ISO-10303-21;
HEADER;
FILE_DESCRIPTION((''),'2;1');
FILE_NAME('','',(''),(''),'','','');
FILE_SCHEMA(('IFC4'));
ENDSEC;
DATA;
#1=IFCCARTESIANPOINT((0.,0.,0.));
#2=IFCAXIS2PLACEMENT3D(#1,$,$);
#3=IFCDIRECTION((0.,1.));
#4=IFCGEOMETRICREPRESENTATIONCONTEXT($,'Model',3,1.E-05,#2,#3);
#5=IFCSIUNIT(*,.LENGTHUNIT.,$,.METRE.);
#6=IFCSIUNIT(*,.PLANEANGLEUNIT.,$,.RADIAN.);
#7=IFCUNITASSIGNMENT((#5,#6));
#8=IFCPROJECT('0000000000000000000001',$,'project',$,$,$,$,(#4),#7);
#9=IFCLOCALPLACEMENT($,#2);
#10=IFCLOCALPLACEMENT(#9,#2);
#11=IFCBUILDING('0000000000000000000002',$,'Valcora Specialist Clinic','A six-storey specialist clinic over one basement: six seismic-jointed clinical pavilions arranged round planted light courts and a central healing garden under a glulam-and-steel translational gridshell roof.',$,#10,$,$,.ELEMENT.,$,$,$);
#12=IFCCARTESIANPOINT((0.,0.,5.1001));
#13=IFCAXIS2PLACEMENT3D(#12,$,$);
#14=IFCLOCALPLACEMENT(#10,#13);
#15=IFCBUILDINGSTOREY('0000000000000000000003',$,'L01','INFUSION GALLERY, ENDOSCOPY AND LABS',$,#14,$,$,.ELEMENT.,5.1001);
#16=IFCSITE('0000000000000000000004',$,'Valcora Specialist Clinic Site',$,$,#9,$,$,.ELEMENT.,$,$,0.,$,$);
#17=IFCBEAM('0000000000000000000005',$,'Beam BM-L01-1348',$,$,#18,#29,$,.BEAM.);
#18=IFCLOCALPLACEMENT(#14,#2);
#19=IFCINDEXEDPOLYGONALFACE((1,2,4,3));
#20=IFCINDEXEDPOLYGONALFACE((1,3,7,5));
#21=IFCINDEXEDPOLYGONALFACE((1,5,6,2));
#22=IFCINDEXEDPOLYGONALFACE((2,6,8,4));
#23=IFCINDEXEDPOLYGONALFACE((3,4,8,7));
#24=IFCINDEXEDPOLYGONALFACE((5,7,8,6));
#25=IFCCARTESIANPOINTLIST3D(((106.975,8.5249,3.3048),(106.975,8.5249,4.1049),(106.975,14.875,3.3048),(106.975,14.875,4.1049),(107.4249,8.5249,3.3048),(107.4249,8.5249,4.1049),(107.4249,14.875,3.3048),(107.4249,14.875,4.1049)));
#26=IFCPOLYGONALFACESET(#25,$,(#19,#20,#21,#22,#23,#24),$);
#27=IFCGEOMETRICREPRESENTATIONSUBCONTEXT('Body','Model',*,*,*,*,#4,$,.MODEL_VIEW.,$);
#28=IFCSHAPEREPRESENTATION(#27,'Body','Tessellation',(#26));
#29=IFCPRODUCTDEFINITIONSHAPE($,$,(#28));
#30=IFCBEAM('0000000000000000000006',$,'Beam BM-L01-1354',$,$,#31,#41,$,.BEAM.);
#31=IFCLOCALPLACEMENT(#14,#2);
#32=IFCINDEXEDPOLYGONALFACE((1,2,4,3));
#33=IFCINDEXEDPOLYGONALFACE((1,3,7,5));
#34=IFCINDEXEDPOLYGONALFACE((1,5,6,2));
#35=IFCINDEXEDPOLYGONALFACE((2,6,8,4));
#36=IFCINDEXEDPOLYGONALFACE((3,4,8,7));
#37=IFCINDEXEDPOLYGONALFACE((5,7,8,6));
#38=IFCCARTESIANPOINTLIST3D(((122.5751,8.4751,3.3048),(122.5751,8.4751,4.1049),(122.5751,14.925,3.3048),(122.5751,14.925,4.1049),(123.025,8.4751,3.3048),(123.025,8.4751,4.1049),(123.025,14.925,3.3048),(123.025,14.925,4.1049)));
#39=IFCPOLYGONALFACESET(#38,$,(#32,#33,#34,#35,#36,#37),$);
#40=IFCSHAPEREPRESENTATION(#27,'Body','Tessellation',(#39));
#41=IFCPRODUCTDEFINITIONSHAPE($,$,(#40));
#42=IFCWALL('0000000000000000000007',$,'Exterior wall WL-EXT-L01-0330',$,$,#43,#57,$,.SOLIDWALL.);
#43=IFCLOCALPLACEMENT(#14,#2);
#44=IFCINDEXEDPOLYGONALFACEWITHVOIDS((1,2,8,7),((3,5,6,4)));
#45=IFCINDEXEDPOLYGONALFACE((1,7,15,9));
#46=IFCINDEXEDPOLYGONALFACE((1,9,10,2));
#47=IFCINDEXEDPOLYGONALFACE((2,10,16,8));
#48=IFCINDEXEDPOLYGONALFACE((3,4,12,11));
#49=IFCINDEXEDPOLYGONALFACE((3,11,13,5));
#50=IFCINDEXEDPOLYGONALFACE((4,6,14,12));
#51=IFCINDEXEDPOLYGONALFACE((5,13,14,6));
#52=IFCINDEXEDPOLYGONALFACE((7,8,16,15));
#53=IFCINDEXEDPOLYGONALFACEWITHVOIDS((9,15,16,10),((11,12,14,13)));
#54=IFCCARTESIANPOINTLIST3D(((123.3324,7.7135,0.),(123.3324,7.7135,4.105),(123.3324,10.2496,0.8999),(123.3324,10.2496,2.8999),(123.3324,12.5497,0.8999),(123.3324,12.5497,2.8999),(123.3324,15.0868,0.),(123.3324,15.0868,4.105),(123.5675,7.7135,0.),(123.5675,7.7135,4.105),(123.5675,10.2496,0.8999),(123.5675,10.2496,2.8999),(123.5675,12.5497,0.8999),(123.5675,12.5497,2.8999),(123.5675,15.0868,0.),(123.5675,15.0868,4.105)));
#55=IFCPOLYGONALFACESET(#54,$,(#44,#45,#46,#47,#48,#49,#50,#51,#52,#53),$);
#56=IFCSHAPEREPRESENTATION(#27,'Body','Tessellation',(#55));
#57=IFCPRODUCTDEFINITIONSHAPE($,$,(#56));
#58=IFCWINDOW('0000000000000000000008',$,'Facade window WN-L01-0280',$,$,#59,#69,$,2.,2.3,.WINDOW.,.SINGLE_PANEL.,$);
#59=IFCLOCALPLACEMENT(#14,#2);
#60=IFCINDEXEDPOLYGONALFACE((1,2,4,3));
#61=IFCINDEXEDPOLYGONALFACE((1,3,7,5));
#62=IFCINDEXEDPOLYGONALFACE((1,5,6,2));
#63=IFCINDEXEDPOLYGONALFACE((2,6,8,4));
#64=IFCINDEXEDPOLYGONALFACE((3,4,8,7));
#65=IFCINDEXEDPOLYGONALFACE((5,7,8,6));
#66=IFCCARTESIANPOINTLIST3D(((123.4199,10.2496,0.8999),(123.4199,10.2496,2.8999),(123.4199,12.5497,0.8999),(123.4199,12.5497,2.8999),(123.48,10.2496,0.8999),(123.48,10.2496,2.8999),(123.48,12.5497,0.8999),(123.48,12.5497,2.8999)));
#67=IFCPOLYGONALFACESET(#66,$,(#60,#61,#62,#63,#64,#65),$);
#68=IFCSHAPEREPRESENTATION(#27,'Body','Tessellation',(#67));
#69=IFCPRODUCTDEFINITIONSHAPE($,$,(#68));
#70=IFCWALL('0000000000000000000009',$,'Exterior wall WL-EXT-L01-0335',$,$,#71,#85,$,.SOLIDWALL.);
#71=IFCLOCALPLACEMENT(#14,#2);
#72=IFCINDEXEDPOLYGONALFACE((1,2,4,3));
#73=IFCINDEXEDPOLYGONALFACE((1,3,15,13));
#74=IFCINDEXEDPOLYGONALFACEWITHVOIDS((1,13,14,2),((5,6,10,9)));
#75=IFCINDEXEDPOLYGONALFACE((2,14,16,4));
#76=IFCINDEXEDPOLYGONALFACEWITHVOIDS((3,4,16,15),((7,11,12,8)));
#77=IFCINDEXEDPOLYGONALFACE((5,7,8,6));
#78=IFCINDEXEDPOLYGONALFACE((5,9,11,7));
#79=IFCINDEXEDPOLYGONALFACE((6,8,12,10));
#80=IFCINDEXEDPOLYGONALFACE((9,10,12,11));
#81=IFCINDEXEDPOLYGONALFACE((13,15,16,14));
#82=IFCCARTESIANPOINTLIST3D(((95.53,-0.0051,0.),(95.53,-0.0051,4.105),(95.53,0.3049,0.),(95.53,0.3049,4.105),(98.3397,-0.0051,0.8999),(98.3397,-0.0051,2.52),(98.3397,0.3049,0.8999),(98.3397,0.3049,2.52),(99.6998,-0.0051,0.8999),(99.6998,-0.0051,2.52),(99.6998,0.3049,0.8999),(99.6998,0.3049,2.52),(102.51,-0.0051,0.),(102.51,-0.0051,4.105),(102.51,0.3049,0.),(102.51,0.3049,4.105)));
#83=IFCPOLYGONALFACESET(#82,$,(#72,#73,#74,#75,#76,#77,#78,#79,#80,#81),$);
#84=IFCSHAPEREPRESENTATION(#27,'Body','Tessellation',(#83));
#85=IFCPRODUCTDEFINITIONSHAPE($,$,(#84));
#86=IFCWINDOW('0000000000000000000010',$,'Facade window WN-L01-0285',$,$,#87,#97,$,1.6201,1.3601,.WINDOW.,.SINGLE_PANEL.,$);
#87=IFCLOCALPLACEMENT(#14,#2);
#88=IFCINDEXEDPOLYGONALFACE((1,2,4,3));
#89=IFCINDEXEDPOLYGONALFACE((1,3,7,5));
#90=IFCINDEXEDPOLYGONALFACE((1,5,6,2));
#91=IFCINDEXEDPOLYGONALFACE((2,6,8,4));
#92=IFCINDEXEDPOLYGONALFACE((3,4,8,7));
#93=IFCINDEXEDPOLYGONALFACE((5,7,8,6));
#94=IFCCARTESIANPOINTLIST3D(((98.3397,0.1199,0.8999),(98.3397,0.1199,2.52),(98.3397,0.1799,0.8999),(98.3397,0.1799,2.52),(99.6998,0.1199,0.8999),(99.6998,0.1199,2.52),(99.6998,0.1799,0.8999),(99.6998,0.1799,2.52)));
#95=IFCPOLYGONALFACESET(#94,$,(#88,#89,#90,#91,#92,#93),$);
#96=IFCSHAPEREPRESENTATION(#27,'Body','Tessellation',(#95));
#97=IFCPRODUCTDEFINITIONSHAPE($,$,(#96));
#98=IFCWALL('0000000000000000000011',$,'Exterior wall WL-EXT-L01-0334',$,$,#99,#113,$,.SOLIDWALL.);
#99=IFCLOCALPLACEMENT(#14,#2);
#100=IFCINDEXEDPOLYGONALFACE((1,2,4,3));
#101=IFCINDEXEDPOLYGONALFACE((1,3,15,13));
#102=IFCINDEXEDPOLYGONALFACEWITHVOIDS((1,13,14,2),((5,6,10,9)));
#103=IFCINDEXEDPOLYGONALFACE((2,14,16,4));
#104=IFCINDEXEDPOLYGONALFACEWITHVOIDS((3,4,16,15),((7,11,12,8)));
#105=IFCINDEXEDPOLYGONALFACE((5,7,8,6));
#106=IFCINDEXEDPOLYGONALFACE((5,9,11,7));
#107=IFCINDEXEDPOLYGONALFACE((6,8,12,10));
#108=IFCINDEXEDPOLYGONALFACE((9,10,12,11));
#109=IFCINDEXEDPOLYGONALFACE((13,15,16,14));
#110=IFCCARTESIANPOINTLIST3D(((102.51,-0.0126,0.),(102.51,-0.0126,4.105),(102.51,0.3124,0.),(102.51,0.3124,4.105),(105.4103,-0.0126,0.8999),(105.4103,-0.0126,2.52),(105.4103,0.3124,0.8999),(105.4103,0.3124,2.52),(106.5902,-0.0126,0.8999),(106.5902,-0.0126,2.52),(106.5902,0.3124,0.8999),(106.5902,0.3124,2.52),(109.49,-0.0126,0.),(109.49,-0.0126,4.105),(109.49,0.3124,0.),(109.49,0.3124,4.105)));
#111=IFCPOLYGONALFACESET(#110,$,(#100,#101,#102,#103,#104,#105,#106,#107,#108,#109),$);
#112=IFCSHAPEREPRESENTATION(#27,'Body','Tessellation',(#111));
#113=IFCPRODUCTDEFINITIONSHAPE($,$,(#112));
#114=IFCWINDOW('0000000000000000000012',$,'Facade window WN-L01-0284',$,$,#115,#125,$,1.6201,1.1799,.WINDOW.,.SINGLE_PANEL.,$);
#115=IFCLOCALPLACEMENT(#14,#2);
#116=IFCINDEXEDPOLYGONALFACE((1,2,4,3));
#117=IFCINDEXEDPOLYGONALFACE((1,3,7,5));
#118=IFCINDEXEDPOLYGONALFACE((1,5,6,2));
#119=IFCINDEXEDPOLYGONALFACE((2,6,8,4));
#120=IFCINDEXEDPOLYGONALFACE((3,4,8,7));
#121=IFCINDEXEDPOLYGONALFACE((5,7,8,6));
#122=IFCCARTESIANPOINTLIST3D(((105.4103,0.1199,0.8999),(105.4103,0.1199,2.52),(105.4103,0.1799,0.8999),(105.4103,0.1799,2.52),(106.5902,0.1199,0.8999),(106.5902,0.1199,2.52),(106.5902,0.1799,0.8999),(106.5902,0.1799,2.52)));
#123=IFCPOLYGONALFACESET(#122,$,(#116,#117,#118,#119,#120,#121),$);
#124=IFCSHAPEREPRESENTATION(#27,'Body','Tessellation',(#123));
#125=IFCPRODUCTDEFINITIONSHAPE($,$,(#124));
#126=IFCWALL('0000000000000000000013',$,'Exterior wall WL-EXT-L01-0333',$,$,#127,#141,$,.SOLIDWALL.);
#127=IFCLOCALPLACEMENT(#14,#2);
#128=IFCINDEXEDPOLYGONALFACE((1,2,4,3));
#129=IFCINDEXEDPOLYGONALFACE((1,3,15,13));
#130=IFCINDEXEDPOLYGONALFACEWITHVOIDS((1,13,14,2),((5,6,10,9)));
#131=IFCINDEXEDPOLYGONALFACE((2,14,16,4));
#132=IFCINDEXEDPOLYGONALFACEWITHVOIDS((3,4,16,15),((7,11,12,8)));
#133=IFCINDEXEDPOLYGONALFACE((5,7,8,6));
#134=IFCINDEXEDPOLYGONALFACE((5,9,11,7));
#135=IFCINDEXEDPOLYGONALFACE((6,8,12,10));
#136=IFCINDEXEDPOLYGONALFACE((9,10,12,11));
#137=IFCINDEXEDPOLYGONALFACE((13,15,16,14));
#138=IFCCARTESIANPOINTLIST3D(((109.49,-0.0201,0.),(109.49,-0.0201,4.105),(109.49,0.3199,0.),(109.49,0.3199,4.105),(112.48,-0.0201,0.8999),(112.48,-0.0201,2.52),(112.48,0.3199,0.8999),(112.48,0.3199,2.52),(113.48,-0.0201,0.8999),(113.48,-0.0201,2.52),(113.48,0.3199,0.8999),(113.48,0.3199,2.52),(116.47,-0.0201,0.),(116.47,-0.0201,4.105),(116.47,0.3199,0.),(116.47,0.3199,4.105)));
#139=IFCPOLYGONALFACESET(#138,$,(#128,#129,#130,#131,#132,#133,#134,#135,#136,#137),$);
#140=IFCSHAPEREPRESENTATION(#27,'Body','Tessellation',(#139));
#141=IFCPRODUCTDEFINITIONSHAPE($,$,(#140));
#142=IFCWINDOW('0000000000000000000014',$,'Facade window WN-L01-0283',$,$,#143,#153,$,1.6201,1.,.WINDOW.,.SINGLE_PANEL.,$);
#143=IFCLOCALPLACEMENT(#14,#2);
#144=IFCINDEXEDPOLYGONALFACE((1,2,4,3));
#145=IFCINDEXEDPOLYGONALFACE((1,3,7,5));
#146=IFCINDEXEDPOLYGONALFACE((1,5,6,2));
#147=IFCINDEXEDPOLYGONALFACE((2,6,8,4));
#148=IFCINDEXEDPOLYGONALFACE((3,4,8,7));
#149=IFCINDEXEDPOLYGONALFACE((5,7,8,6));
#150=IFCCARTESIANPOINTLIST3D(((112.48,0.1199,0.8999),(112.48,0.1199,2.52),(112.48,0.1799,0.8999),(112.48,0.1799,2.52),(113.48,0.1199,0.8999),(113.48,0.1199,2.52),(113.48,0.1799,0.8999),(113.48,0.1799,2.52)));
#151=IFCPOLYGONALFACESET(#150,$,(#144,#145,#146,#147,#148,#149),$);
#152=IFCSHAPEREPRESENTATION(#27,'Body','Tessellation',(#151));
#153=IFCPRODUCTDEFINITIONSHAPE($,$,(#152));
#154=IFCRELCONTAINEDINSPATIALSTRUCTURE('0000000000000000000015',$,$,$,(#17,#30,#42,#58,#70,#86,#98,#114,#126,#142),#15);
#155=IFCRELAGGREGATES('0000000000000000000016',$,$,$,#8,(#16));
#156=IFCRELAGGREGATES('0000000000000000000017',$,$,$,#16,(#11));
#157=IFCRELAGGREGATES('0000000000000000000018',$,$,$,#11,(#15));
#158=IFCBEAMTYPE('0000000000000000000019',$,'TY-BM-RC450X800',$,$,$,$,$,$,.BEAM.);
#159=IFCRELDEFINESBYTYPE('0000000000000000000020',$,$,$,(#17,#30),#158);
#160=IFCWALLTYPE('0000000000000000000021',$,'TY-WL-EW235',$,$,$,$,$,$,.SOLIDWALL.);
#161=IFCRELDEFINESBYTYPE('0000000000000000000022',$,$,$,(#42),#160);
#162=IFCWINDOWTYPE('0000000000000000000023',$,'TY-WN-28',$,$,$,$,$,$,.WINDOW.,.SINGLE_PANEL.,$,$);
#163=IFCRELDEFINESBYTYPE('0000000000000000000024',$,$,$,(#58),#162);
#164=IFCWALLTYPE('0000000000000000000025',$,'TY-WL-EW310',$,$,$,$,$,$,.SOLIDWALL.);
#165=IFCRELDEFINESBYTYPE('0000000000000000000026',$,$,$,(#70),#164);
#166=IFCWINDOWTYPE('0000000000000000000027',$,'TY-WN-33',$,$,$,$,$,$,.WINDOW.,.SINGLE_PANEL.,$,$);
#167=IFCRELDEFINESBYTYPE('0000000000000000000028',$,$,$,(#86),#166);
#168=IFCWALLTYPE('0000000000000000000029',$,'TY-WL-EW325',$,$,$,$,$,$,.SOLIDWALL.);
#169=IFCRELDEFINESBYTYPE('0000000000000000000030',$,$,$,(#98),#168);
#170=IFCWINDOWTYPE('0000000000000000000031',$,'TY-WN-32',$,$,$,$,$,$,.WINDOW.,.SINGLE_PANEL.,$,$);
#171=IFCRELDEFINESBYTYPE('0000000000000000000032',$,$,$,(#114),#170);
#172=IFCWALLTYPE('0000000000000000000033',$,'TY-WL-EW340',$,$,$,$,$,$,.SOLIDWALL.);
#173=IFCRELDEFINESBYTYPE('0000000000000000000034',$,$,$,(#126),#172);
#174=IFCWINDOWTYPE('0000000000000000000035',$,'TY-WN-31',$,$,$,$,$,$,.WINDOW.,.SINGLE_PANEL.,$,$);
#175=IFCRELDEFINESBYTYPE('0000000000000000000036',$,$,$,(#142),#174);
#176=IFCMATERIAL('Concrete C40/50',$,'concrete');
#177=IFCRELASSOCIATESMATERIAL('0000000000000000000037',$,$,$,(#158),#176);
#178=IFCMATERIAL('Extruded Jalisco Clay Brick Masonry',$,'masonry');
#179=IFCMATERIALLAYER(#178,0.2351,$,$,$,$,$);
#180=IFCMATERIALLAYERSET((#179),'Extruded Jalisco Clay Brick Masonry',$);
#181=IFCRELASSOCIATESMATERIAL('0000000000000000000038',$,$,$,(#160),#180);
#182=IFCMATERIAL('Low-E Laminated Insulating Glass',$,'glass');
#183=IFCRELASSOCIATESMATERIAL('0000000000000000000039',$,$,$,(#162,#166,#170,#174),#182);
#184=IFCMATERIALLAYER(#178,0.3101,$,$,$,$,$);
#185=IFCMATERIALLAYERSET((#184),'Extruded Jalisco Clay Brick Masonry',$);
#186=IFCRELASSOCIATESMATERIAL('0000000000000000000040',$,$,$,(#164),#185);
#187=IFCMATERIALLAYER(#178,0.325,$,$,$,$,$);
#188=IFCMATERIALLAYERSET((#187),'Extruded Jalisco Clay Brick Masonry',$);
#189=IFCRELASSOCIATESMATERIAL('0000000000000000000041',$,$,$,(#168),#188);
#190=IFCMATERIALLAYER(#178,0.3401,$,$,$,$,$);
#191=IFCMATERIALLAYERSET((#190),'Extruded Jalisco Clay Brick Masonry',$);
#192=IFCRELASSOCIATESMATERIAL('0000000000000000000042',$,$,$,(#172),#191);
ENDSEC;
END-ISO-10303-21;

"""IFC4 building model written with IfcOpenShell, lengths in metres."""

from ifc_helpers import new_model, si_unit, direction, frame, frame_2d, origin, origin_2d, place, context, subcontext, project, spatial, rectangle, extrude, material, layer, layer_set, material_profile, profile_set, type_object, element, fill, save


model = new_model("IFC4")

# Units and contexts
model_context = context("Model", 3, precision=1e-05, world=origin(), true_north=direction((0.0, 1.0)))
body_context = subcontext(model_context, "Body", "Model", "MODEL_VIEW")
ifc_project = project(units=[si_unit("LENGTHUNIT", "METRE"), si_unit("PLANEANGLEUNIT", "RADIAN")], contexts=[model_context])

# Site, building, storey
site_placement = place(None, origin())
site = spatial("IfcSite", under=ifc_project, at=site_placement, Name="Valcora Specialist Clinic Site", CompositionType="ELEMENT", RefElevation=0.0)
building_placement = place(site_placement, origin())
building = spatial("IfcBuilding", under=site, at=building_placement, Name="Valcora Specialist Clinic", Description="A six-storey specialist clinic over one basement: six seismic-jointed clinical pavilions arranged round planted light courts and a central healing garden under a glulam-and-steel translational gridshell roof.", CompositionType="ELEMENT")
storey_placement = place(building_placement, frame((0.0, 0.0, 5.1001)))
storey = spatial("IfcBuildingStorey", under=building, at=storey_placement, Name="L01", Description="INFUSION GALLERY, ENDOSCOPY AND LABS", CompositionType="ELEMENT", Elevation=5.1001)

# Shared definitions
ifc_material_1 = material(Name="Concrete C40/50", Category="concrete")

# Beams
ifc_material_profile_1 = material_profile(ifc_material_1, rectangle(XDim=0.45, YDim=0.8, at=origin_2d()), Name="RC-BM-450X800")
ifc_profile_set_1 = profile_set([ifc_material_profile_1], Name="Concrete C40/50")
beam_type_1 = type_object("IfcBeamType", Name="TY-BM-RC450X800", PredefinedType="BEAM", material=ifc_profile_set_1)
beam_1_placement = place(storey_placement, frame((107.2, 8.5249, 3.7048), z_axis=(0.0, 1.0, 0.0), x_axis=(-1.0, 0.0, 0.0)))
element("IfcBeam", 1, at=beam_1_placement, inside=storey, type_object=beam_type_1, Name="Beam BM-L01-1348", PredefinedType="BEAM", context=body_context, shape_type="SweptSolid", body=[
    extrude(rectangle(XDim=0.45, YDim=0.8, at=origin_2d()), origin(), (0.0, 0.0, 1.0), 6.3501),
])
beam_2_placement = place(storey_placement, frame((122.8, 8.4751, 3.7048), z_axis=(0.0, 1.0, 0.0), x_axis=(-1.0, 0.0, 0.0)))
element("IfcBeam", 2, at=beam_2_placement, inside=storey, type_object=beam_type_1, Name="Beam BM-L01-1354", PredefinedType="BEAM", context=body_context, shape_type="SweptSolid", body=[
    extrude(rectangle(XDim=0.45, YDim=0.8, at=origin_2d()), origin(), (0.0, 0.0, 1.0), 6.45),
])

# Walls, openings, windows
ifc_material_2 = material(Name="Extruded Jalisco Clay Brick Masonry", Category="masonry")
ifc_layer_1 = layer(ifc_material_2, 0.2351)
ifc_layer_set_1 = layer_set([ifc_layer_1], Name="Extruded Jalisco Clay Brick Masonry")
wall_type_1 = type_object("IfcWallType", Name="TY-WL-EW235", PredefinedType="SOLIDWALL", material=ifc_layer_set_1)
wall_1_placement = place(storey_placement, frame((123.45, 15.0867, 0.0), z_axis=(0.0, 0.0, 1.0), x_axis=(0.0, -1.0, 0.0)))
wall_1 = element("IfcWall", 3, at=wall_1_placement, inside=storey, type_object=wall_type_1, Name="Exterior wall WL-EXT-L01-0330", PredefinedType="SOLIDWALL", context=body_context, shape_type="SweptSolid", body=[
    extrude(rectangle(XDim=7.3733, YDim=0.2351, at=frame_2d((3.6865, 0.0))), origin(), (0.0, 0.0, 1.0), 4.105),
])
opening_1_placement = place(wall_1_placement, frame((2.5371, 0.0, 0.8999)))
opening_1 = element("IfcOpeningElement", 4, at=opening_1_placement, cuts=wall_1, PredefinedType="OPENING", context=body_context, shape_type="SweptSolid", body=[
    extrude(rectangle(XDim=2.3, YDim=2.0, at=frame_2d((1.1499, 1.0))), frame((0.0, 0.1274, 0.0), z_axis=(0.0, -1.0, 0.0), x_axis=(1.0, 0.0, 0.0)), (0.0, 0.0, 1.0), 0.2551),
])
ifc_material_3 = material(Name="Low-E Laminated Insulating Glass", Category="glass")
window_type_1 = type_object("IfcWindowType", Name="TY-WN-28", PartitioningType="SINGLE_PANEL", PredefinedType="WINDOW", material=ifc_material_3)
window_1_placement = place(opening_1_placement, origin())
window_1 = element("IfcWindow", 5, at=window_1_placement, inside=storey, type_object=window_type_1, Name="Facade window WN-L01-0280", OverallHeight=2.0, OverallWidth=2.3, PartitioningType="SINGLE_PANEL", PredefinedType="WINDOW", context=body_context, shape_type="SweptSolid", body=[
    extrude(rectangle(XDim=2.3, YDim=2.0, at=frame_2d((1.1499, 1.0))), frame((0.0, 0.03, 0.0), z_axis=(0.0, -1.0, 0.0), x_axis=(1.0, 0.0, 0.0)), (0.0, 0.0, 1.0), 0.0601),
])
fill(opening_1, window_1)
ifc_layer_2 = layer(ifc_material_2, 0.3101)
ifc_layer_set_2 = layer_set([ifc_layer_2], Name="Extruded Jalisco Clay Brick Masonry")
wall_type_2 = type_object("IfcWallType", Name="TY-WL-EW310", PredefinedType="SOLIDWALL", material=ifc_layer_set_2)
wall_2_placement = place(storey_placement, frame((102.51, 0.1499, 0.0), z_axis=(0.0, 0.0, 1.0), x_axis=(-1.0, 0.0, 0.0)))
wall_2 = element("IfcWall", 6, at=wall_2_placement, inside=storey, type_object=wall_type_2, Name="Exterior wall WL-EXT-L01-0335", PredefinedType="SOLIDWALL", context=body_context, shape_type="SweptSolid", body=[
    extrude(rectangle(XDim=6.98, YDim=0.3101, at=frame_2d((3.49, 0.0))), origin(), (0.0, 0.0, 1.0), 4.105),
])
opening_2_placement = place(wall_2_placement, frame((2.8101, 0.0, 0.8999)))
opening_2 = element("IfcOpeningElement", 7, at=opening_2_placement, cuts=wall_2, PredefinedType="OPENING", context=body_context, shape_type="SweptSolid", body=[
    extrude(rectangle(XDim=1.3601, YDim=1.6201, at=frame_2d((0.6802, 0.8101))), frame((0.0, 0.165, 0.0), z_axis=(0.0, -1.0, 0.0), x_axis=(1.0, 0.0, 0.0)), (0.0, 0.0, 1.0), 0.3301),
])
window_type_2 = type_object("IfcWindowType", Name="TY-WN-33", PartitioningType="SINGLE_PANEL", PredefinedType="WINDOW", material=ifc_material_3)
window_2_placement = place(opening_2_placement, origin())
window_2 = element("IfcWindow", 8, at=window_2_placement, inside=storey, type_object=window_type_2, Name="Facade window WN-L01-0285", OverallHeight=1.6201, OverallWidth=1.3601, PartitioningType="SINGLE_PANEL", PredefinedType="WINDOW", context=body_context, shape_type="SweptSolid", body=[
    extrude(rectangle(XDim=1.3601, YDim=1.6201, at=frame_2d((0.6802, 0.8101))), frame((0.0, 0.03, 0.0), z_axis=(0.0, -1.0, 0.0), x_axis=(1.0, 0.0, 0.0)), (0.0, 0.0, 1.0), 0.0601),
])
fill(opening_2, window_2)
ifc_layer_3 = layer(ifc_material_2, 0.325)
ifc_layer_set_3 = layer_set([ifc_layer_3], Name="Extruded Jalisco Clay Brick Masonry")
wall_type_3 = type_object("IfcWallType", Name="TY-WL-EW325", PredefinedType="SOLIDWALL", material=ifc_layer_set_3)
wall_3_placement = place(storey_placement, frame((109.49, 0.1499, 0.0), z_axis=(0.0, 0.0, 1.0), x_axis=(-1.0, 0.0, 0.0)))
wall_3 = element("IfcWall", 9, at=wall_3_placement, inside=storey, type_object=wall_type_3, Name="Exterior wall WL-EXT-L01-0334", PredefinedType="SOLIDWALL", context=body_context, shape_type="SweptSolid", body=[
    extrude(rectangle(XDim=6.98, YDim=0.325, at=frame_2d((3.49, 0.0))), origin(), (0.0, 0.0, 1.0), 4.105),
])
opening_3_placement = place(wall_3_placement, frame((2.8999, 0.0, 0.8999)))
opening_3 = element("IfcOpeningElement", 10, at=opening_3_placement, cuts=wall_3, PredefinedType="OPENING", context=body_context, shape_type="SweptSolid", body=[
    extrude(rectangle(XDim=1.1799, YDim=1.6201, at=frame_2d((0.5898, 0.8101))), frame((0.0, 0.1724, 0.0), z_axis=(0.0, -1.0, 0.0), x_axis=(1.0, 0.0, 0.0)), (0.0, 0.0, 1.0), 0.345),
])
window_type_3 = type_object("IfcWindowType", Name="TY-WN-32", PartitioningType="SINGLE_PANEL", PredefinedType="WINDOW", material=ifc_material_3)
window_3_placement = place(opening_3_placement, origin())
window_3 = element("IfcWindow", 11, at=window_3_placement, inside=storey, type_object=window_type_3, Name="Facade window WN-L01-0284", OverallHeight=1.6201, OverallWidth=1.1799, PartitioningType="SINGLE_PANEL", PredefinedType="WINDOW", context=body_context, shape_type="SweptSolid", body=[
    extrude(rectangle(XDim=1.1799, YDim=1.6201, at=frame_2d((0.5898, 0.8101))), frame((0.0, 0.03, 0.0), z_axis=(0.0, -1.0, 0.0), x_axis=(1.0, 0.0, 0.0)), (0.0, 0.0, 1.0), 0.0601),
])
fill(opening_3, window_3)
ifc_layer_4 = layer(ifc_material_2, 0.3401)
ifc_layer_set_4 = layer_set([ifc_layer_4], Name="Extruded Jalisco Clay Brick Masonry")
wall_type_4 = type_object("IfcWallType", Name="TY-WL-EW340", PredefinedType="SOLIDWALL", material=ifc_layer_set_4)
wall_4_placement = place(storey_placement, frame((116.47, 0.1499, 0.0), z_axis=(0.0, 0.0, 1.0), x_axis=(-1.0, 0.0, 0.0)))
wall_4 = element("IfcWall", 12, at=wall_4_placement, inside=storey, type_object=wall_type_4, Name="Exterior wall WL-EXT-L01-0333", PredefinedType="SOLIDWALL", context=body_context, shape_type="SweptSolid", body=[
    extrude(rectangle(XDim=6.98, YDim=0.3401, at=frame_2d((3.49, 0.0))), origin(), (0.0, 0.0, 1.0), 4.105),
])
opening_4_placement = place(wall_4_placement, frame((2.99, 0.0, 0.8999)))
opening_4 = element("IfcOpeningElement", 13, at=opening_4_placement, cuts=wall_4, PredefinedType="OPENING", context=body_context, shape_type="SweptSolid", body=[
    extrude(rectangle(XDim=1.0, YDim=1.6201, at=frame_2d((0.5, 0.8101))), frame((0.0, 0.1799, 0.0), z_axis=(0.0, -1.0, 0.0), x_axis=(1.0, 0.0, 0.0)), (0.0, 0.0, 1.0), 0.3601),
])
window_type_4 = type_object("IfcWindowType", Name="TY-WN-31", PartitioningType="SINGLE_PANEL", PredefinedType="WINDOW", material=ifc_material_3)
window_4_placement = place(opening_4_placement, origin())
window_4 = element("IfcWindow", 14, at=window_4_placement, inside=storey, type_object=window_type_4, Name="Facade window WN-L01-0283", OverallHeight=1.6201, OverallWidth=1.0, PartitioningType="SINGLE_PANEL", PredefinedType="WINDOW", context=body_context, shape_type="SweptSolid", body=[
    extrude(rectangle(XDim=1.0, YDim=1.6201, at=frame_2d((0.5, 0.8101))), frame((0.0, 0.03, 0.0), z_axis=(0.0, -1.0, 0.0), x_axis=(1.0, 0.0, 0.0)), (0.0, 0.0, 1.0), 0.0601),
])
fill(opening_4, window_4)

save(model, "model.ifc")
